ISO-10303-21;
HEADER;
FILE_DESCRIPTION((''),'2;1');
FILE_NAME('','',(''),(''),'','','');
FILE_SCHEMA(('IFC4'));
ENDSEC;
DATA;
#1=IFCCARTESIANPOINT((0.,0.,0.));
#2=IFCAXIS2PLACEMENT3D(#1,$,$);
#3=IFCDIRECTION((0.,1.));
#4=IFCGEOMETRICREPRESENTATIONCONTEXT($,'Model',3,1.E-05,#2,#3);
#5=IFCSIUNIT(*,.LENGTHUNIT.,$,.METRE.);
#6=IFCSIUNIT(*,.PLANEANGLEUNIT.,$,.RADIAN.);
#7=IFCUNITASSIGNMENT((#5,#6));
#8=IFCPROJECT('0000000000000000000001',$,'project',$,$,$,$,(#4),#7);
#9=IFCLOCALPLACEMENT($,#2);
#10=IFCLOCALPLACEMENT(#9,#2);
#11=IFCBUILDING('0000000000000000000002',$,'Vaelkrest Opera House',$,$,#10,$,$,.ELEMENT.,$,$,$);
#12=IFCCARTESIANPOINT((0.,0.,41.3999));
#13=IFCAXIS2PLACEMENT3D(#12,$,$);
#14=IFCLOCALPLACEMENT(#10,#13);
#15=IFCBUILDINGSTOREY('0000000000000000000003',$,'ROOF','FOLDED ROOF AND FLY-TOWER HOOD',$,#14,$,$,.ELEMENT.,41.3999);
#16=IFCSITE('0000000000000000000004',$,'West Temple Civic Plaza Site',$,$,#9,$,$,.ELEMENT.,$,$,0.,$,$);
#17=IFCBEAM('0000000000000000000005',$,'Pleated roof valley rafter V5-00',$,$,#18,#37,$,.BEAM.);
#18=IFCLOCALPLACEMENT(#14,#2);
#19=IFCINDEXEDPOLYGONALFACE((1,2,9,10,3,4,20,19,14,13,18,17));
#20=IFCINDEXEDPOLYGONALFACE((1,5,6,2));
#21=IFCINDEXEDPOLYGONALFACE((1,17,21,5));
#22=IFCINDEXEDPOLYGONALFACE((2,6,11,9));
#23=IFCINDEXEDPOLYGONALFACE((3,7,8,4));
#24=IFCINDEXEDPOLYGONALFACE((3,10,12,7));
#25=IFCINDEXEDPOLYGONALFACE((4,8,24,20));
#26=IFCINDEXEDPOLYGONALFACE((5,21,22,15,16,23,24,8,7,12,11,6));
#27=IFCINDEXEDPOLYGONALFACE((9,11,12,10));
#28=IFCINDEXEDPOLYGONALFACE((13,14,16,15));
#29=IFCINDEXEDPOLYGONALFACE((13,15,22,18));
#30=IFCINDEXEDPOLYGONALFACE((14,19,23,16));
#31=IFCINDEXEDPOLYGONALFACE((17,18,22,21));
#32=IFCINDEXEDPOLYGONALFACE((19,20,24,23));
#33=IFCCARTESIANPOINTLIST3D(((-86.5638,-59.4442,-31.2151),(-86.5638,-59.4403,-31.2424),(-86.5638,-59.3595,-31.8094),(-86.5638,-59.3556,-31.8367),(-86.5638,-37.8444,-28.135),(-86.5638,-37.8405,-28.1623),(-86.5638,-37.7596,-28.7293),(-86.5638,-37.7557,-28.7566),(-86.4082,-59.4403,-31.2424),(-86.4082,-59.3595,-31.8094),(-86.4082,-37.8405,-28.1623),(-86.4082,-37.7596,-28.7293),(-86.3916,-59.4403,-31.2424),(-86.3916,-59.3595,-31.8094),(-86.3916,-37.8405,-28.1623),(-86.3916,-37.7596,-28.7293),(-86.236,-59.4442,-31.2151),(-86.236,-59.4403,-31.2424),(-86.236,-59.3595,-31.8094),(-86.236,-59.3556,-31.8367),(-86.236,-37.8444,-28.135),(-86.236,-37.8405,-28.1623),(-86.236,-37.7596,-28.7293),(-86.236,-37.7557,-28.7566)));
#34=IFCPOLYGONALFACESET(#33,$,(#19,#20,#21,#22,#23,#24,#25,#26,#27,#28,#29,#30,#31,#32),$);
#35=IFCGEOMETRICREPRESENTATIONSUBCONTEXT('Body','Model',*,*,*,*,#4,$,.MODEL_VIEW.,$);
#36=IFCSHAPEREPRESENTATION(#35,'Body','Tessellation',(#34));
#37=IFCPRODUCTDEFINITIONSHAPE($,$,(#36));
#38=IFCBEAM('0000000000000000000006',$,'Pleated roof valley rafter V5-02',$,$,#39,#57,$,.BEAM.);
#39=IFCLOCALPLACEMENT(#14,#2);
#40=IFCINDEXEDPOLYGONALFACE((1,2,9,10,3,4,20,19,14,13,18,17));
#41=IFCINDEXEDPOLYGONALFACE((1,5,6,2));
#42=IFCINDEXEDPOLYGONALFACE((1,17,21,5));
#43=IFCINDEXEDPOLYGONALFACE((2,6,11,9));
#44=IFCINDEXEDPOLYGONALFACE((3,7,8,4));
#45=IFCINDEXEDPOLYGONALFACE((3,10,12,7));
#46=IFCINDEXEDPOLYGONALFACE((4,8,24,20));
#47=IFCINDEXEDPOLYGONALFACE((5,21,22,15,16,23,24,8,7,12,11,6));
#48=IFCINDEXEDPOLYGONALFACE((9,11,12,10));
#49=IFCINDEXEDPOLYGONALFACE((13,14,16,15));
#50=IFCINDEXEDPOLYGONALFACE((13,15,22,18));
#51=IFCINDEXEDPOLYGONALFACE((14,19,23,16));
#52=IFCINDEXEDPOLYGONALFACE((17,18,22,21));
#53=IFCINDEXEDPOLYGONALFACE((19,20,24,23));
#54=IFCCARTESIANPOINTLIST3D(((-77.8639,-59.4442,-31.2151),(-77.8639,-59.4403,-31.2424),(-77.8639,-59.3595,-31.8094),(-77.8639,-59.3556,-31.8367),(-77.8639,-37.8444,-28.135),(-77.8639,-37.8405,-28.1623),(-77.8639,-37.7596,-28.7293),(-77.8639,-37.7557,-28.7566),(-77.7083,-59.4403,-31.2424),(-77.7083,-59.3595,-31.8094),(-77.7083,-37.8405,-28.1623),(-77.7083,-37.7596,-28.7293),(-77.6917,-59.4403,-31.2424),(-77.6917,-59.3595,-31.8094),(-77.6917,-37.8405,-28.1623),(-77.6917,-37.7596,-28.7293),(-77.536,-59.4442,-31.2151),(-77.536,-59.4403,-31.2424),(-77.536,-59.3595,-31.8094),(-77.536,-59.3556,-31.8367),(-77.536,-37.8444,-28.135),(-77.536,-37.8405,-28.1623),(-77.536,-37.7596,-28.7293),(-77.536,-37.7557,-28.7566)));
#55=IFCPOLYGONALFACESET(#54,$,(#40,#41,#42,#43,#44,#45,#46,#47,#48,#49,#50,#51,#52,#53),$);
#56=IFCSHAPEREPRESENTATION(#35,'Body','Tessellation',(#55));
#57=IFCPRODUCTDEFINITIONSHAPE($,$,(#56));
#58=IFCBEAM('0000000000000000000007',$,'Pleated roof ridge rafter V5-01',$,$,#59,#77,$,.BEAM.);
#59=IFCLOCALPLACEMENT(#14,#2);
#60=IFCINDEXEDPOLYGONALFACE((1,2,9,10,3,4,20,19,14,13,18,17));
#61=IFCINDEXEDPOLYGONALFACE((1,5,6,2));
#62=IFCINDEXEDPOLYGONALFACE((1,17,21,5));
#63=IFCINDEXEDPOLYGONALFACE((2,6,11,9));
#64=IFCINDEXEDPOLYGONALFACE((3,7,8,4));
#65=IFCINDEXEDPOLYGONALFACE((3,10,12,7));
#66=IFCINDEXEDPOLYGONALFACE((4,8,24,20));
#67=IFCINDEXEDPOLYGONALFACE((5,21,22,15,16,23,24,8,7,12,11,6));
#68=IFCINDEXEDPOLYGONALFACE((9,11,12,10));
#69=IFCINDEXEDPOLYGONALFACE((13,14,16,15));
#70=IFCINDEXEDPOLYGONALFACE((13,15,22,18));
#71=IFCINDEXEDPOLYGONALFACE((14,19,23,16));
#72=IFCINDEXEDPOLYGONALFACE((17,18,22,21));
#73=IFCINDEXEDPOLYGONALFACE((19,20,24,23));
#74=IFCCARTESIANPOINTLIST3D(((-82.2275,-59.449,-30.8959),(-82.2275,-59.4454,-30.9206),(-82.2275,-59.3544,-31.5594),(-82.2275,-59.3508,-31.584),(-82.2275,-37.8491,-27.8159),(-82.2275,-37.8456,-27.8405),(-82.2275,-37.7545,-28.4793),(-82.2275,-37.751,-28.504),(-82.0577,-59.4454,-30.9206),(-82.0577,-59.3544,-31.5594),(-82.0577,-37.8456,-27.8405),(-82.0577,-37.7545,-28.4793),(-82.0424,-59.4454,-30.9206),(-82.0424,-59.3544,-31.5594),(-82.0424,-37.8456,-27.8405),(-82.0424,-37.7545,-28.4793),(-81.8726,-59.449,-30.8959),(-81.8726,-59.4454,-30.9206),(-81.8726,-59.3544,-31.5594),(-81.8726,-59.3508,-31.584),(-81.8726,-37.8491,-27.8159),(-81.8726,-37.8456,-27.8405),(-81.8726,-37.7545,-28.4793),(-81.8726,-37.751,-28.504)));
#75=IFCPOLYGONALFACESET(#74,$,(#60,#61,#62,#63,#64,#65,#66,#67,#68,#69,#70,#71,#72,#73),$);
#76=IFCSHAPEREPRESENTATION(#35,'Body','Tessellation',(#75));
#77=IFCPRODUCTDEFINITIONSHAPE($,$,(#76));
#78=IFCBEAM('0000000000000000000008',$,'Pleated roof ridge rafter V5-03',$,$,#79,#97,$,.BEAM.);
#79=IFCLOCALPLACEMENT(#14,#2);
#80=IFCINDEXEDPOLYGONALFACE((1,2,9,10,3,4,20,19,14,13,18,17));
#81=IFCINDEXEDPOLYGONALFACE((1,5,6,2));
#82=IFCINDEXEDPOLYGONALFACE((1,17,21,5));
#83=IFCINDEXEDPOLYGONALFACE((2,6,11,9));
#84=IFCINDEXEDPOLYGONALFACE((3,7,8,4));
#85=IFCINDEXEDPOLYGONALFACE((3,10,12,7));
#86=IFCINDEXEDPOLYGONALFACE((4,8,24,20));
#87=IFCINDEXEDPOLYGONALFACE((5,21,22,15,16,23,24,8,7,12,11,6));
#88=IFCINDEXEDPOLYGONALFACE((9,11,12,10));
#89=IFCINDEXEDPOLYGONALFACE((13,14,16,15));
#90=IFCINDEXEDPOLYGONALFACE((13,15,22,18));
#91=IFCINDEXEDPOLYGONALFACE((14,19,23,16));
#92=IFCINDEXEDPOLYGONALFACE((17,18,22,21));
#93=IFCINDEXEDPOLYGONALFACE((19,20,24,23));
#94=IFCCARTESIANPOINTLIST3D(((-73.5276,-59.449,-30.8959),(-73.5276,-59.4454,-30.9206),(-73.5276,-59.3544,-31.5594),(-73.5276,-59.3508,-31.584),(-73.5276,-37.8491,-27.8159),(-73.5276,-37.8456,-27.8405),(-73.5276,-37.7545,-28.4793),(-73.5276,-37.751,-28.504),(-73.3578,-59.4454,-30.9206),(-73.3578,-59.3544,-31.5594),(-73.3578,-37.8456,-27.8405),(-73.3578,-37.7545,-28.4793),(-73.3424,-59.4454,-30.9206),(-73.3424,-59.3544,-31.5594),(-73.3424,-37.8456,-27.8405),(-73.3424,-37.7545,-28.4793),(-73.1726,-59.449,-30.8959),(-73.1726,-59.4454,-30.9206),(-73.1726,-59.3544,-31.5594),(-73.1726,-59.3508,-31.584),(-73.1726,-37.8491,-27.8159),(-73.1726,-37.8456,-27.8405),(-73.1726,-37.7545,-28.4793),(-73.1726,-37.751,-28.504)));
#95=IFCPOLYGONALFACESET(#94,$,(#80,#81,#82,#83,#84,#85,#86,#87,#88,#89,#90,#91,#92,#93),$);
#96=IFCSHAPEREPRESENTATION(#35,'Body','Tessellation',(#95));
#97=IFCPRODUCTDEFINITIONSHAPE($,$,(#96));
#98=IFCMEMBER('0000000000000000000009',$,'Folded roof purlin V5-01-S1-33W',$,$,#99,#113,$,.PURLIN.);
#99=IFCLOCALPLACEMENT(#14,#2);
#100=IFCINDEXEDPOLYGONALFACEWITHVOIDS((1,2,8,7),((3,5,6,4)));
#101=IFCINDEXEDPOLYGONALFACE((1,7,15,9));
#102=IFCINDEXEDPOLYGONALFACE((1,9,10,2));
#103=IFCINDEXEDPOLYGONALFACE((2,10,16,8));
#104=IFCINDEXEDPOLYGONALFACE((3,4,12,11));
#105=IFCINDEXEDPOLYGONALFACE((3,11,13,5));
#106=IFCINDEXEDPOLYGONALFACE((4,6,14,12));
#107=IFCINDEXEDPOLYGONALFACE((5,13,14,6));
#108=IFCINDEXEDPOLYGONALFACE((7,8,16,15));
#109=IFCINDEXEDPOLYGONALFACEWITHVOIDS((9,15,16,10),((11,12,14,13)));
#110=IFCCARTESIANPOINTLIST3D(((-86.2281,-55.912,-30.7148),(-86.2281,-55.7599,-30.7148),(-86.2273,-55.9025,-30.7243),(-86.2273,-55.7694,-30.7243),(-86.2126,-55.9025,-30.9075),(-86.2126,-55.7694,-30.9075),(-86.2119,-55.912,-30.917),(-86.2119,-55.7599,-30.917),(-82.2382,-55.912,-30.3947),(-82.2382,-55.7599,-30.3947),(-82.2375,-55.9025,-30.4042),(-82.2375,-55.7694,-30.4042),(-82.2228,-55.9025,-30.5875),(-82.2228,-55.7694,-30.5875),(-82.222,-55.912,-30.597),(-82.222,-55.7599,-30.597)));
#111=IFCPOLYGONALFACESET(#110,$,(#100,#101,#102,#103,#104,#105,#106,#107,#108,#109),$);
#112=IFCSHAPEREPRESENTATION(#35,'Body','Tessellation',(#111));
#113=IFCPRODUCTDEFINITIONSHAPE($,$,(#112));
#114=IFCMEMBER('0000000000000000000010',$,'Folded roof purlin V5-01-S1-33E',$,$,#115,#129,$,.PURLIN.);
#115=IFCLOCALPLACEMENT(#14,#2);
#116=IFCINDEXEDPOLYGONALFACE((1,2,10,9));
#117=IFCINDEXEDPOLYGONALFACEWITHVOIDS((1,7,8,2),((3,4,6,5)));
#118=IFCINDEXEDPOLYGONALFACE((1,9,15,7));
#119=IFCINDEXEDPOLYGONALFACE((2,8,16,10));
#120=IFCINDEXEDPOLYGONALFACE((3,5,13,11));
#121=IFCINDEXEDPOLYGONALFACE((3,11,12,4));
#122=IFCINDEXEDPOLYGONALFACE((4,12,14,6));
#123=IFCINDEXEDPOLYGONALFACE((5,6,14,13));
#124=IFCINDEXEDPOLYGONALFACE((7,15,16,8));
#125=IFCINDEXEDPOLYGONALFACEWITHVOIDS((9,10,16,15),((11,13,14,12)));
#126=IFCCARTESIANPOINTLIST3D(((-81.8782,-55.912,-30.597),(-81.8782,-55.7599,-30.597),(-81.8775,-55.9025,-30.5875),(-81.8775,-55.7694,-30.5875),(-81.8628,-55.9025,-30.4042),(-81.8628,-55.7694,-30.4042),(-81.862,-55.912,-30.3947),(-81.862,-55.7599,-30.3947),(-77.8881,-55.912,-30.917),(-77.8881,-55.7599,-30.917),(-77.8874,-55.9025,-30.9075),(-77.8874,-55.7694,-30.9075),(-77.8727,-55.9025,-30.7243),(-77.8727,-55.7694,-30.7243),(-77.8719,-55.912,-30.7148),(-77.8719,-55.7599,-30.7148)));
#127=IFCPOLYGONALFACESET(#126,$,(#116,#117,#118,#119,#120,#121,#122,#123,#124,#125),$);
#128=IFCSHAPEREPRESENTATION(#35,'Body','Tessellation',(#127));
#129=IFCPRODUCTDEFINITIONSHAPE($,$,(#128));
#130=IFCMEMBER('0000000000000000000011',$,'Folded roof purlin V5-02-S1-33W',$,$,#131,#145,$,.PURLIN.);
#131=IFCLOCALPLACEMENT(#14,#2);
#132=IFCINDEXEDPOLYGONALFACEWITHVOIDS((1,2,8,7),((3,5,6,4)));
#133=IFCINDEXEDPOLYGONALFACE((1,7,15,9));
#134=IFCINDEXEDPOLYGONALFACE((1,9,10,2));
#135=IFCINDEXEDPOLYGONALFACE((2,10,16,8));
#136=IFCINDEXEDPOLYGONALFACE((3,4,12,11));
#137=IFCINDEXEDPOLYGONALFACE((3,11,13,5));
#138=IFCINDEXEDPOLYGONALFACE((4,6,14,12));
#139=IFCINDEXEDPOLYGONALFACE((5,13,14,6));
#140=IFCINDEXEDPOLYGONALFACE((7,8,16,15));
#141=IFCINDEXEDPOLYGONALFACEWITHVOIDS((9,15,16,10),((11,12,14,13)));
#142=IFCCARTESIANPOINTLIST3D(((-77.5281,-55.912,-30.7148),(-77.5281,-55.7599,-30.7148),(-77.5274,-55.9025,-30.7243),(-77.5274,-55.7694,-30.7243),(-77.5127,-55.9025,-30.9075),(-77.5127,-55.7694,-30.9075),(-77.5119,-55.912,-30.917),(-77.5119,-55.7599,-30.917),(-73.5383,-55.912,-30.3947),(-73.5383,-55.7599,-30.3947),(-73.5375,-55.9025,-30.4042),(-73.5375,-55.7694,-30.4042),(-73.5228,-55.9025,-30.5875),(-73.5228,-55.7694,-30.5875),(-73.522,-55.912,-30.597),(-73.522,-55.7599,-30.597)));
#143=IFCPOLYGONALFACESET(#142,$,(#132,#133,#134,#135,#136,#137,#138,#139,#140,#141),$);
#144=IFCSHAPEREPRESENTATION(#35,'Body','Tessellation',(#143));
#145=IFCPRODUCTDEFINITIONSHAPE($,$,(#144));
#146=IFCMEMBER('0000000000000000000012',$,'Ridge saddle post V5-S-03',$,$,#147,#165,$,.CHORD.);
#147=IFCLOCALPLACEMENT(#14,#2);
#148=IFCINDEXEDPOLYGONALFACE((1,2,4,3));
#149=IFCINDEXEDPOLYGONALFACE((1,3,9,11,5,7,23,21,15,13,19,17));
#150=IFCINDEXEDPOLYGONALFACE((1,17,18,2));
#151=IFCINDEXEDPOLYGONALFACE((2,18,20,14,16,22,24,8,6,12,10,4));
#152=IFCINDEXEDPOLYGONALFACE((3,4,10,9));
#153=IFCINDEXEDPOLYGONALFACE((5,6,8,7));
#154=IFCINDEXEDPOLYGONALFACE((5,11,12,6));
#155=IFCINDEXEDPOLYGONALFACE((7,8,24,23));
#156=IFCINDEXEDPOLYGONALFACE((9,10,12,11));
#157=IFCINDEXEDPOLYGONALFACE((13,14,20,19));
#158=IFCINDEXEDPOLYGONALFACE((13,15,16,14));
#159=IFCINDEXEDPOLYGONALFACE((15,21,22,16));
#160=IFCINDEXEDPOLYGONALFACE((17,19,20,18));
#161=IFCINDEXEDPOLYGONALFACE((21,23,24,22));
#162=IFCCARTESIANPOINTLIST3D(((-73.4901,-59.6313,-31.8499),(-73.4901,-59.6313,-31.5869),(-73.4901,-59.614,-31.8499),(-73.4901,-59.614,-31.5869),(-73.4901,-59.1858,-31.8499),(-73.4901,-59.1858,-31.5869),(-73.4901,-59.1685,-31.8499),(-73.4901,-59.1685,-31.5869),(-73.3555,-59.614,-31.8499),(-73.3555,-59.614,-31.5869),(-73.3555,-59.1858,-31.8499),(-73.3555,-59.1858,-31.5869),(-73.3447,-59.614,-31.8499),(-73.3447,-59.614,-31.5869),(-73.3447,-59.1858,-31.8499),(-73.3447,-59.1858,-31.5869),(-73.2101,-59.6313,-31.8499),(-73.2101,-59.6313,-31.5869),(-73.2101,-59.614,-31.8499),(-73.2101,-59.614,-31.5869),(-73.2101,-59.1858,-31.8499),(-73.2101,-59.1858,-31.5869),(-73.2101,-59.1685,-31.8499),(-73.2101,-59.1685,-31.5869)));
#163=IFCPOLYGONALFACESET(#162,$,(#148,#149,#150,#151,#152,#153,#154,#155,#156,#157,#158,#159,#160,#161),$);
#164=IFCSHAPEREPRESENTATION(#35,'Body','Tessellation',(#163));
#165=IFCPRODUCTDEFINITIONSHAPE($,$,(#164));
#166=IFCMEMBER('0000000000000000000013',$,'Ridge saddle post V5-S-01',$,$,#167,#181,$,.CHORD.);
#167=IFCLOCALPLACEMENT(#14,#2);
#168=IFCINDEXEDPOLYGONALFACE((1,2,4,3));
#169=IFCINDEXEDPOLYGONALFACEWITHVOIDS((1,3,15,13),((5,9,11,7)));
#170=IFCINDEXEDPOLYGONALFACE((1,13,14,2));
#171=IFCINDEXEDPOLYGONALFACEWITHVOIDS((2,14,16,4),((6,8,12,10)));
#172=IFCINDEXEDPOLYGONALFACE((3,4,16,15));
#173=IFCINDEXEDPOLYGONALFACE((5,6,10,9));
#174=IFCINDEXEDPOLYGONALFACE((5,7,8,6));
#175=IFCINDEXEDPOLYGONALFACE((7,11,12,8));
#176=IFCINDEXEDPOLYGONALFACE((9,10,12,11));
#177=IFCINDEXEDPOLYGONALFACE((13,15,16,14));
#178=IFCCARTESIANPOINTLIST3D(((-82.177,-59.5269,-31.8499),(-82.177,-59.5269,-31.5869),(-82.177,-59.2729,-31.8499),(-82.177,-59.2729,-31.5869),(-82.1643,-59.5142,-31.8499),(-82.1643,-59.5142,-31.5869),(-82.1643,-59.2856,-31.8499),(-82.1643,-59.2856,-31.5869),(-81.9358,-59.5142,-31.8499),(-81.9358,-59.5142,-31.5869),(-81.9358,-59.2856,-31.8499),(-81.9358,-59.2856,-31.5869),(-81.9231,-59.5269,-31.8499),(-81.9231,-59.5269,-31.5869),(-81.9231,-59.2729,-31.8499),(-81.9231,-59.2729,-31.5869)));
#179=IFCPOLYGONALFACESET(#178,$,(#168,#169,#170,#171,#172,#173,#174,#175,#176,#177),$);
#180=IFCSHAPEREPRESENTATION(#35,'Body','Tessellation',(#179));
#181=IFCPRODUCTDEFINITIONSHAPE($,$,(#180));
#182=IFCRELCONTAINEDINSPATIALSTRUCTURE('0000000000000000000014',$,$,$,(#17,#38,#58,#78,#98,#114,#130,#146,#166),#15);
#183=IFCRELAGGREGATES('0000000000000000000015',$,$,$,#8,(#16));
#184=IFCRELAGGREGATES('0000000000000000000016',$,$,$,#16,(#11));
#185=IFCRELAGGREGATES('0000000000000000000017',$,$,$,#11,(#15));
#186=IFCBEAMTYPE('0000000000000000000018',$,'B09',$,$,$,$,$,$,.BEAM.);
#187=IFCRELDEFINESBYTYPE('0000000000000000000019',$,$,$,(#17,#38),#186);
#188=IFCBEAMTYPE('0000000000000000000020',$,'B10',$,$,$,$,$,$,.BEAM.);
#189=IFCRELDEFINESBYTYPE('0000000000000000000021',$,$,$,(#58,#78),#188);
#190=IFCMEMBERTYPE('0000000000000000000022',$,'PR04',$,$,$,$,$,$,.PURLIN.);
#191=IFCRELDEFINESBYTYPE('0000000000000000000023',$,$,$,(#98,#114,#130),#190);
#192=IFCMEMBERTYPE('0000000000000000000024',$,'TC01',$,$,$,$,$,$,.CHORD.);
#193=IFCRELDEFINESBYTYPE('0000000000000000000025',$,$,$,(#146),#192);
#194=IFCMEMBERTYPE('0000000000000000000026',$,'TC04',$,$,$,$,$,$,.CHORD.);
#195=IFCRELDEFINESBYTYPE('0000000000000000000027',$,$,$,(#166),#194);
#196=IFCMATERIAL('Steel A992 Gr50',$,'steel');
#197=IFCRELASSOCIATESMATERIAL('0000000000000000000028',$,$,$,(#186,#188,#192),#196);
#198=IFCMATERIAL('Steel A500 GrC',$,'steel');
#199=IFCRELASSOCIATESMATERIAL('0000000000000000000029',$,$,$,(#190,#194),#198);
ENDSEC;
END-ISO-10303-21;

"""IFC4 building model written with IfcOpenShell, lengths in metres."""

from ifc_helpers import new_model, si_unit, direction, frame, origin, origin_2d, place, context, subcontext, project, spatial, hollow_rectangle, i_section, extrude, material, material_profile, profile_set, type_object, element, save


model = new_model("IFC4")

# Units and contexts
model_context = context("Model", 3, precision=1e-05, world=origin(), true_north=direction((0.0, 1.0)))
body_context = subcontext(model_context, "Body", "Model", "MODEL_VIEW")
ifc_project = project(units=[si_unit("LENGTHUNIT", "METRE"), si_unit("PLANEANGLEUNIT", "RADIAN")], contexts=[model_context])

# Site, building, storey
site_placement = place(None, origin())
site = spatial("IfcSite", under=ifc_project, at=site_placement, Name="West Temple Civic Plaza Site", CompositionType="ELEMENT", RefElevation=0.0)
building_placement = place(site_placement, origin())
building = spatial("IfcBuilding", under=site, at=building_placement, Name="Vaelkrest Opera House", CompositionType="ELEMENT")
storey_placement = place(building_placement, frame((0.0, 0.0, 41.3999)))
storey = spatial("IfcBuildingStorey", under=building, at=storey_placement, Name="ROOF", Description="FOLDED ROOF AND FLY-TOWER HOOD", CompositionType="ELEMENT", Elevation=41.3999)

# Beams
ifc_material_1 = material(Name="Steel A992 Gr50", Category="steel")
ifc_material_profile_1 = material_profile(ifc_material_1, i_section(OverallWidth=0.3279, OverallDepth=0.6279, WebThickness=0.0166, FlangeThickness=0.0276, at=origin_2d()), Name="W24X146")
ifc_profile_set_1 = profile_set([ifc_material_profile_1], Name="Steel A992 Gr50")
beam_type_1 = type_object("IfcBeamType", Name="B09", PredefinedType="BEAM", material=ifc_profile_set_1)
for number, where, z_axis, x_axis, name in (
    (1, (-86.3999, -59.3999, -31.5259), (0.0, 0.989985, 0.141169), (-1.0, 0.0, 0.0), "Pleated roof valley rafter V5-00"),
    (2, (-77.7, -59.3999, -31.5259), (0.0, 0.989985, 0.141169), (-1.0, 0.0, 0.0), "Pleated roof valley rafter V5-02"),
):
    element("IfcBeam", number, at=place(storey_placement, frame(where, z_axis=z_axis, x_axis=x_axis)), inside=storey, type_object=beam_type_1, Name=name, PredefinedType="BEAM", context=body_context, shape_type="SweptSolid", body=[
        extrude(i_section(OverallWidth=0.3279, OverallDepth=0.6279, WebThickness=0.0166, FlangeThickness=0.0276, at=origin_2d()), origin(), (0.0, 0.0, 1.0), 21.8184),
    ])
ifc_material_profile_2 = material_profile(ifc_material_1, i_section(OverallWidth=0.355, OverallDepth=0.6951, WebThickness=0.0154, FlangeThickness=0.0249, at=origin_2d()), Name="W27X146")
ifc_profile_set_2 = profile_set([ifc_material_profile_2], Name="Steel A992 Gr50")
beam_type_2 = type_object("IfcBeamType", Name="B10", PredefinedType="BEAM", material=ifc_profile_set_2)
for number, where, z_axis, x_axis, name in (
    (3, (-82.05, -59.3999, -31.24), (0.0, 0.989985, 0.141169), (-1.0, 0.0, 0.0), "Pleated roof ridge rafter V5-01"),
    (4, (-73.3501, -59.3999, -31.24), (0.0, 0.989985, 0.141169), (-1.0, 0.0, 0.0), "Pleated roof ridge rafter V5-03"),
):
    element("IfcBeam", number, at=place(storey_placement, frame(where, z_axis=z_axis, x_axis=x_axis)), inside=storey, type_object=beam_type_2, Name=name, PredefinedType="BEAM", context=body_context, shape_type="SweptSolid", body=[
        extrude(i_section(OverallWidth=0.355, OverallDepth=0.6951, WebThickness=0.0154, FlangeThickness=0.0249, at=origin_2d()), origin(), (0.0, 0.0, 1.0), 21.8184),
    ])

# Members
ifc_material_2 = material(Name="Steel A500 GrC", Category="steel")
ifc_material_profile_3 = material_profile(ifc_material_2, hollow_rectangle(XDim=0.1521, YDim=0.2029, WallThickness=0.0095, at=origin_2d()), Name="HSS203X152X9.5")
ifc_profile_set_3 = profile_set([ifc_material_profile_3], Name="Steel A500 GrC")
member_type_1 = type_object("IfcMemberType", Name="PR04", PredefinedType="PURLIN", material=ifc_profile_set_3)
member_1_placement = place(storey_placement, frame((-86.22, -55.8359, -30.8159), z_axis=(0.996798, 0.0, 0.079961), x_axis=(0.0, 1.0, 0.0)))
element("IfcMember", 5, at=member_1_placement, inside=storey, type_object=member_type_1, Name="Folded roof purlin V5-01-S1-33W", PredefinedType="PURLIN", context=body_context, shape_type="SweptSolid", body=[
    extrude(hollow_rectangle(XDim=0.1521, YDim=0.2029, WallThickness=0.0095, at=origin_2d()), origin(), (0.0, 0.0, 1.0), 4.0027),
])
member_2_placement = place(storey_placement, frame((-81.8701, -55.8359, -30.4958), z_axis=(0.996798, 0.0, -0.079956), x_axis=(0.0, 1.0, 0.0)))
element("IfcMember", 6, at=member_2_placement, inside=storey, type_object=member_type_1, Name="Folded roof purlin V5-01-S1-33E", PredefinedType="PURLIN", context=body_context, shape_type="SweptSolid", body=[
    extrude(hollow_rectangle(XDim=0.1521, YDim=0.2029, WallThickness=0.0095, at=origin_2d()), origin(), (0.0, 0.0, 1.0), 4.0029),
])
member_3_placement = place(storey_placement, frame((-77.52, -55.8359, -30.8159), z_axis=(0.996798, 0.0, 0.079961), x_axis=(0.0, 1.0, 0.0)))
element("IfcMember", 7, at=member_3_placement, inside=storey, type_object=member_type_1, Name="Folded roof purlin V5-02-S1-33W", PredefinedType="PURLIN", context=body_context, shape_type="SweptSolid", body=[
    extrude(hollow_rectangle(XDim=0.1521, YDim=0.2029, WallThickness=0.0095, at=origin_2d()), origin(), (0.0, 0.0, 1.0), 4.0027),
])
ifc_material_profile_4 = material_profile(ifc_material_1, i_section(OverallWidth=0.28, OverallDepth=0.4629, WebThickness=0.0107, FlangeThickness=0.0173, at=origin_2d()), Name="W18X76")
ifc_profile_set_4 = profile_set([ifc_material_profile_4], Name="Steel A992 Gr50")
member_type_2 = type_object("IfcMemberType", Name="TC01", PredefinedType="CHORD", material=ifc_profile_set_4)
member_4_placement = place(storey_placement, frame((-73.3501, -59.3999, -31.8499), z_axis=(0.0, 0.0, 1.0), x_axis=(1.0, 0.0, 0.0)))
element("IfcMember", 8, at=member_4_placement, inside=storey, type_object=member_type_2, Name="Ridge saddle post V5-S-03", PredefinedType="CHORD", context=body_context, shape_type="SweptSolid", body=[
    extrude(i_section(OverallWidth=0.28, OverallDepth=0.4629, WebThickness=0.0107, FlangeThickness=0.0173, at=origin_2d()), origin(), (0.0, 0.0, 1.0), 0.2629),
])
ifc_material_profile_5 = material_profile(ifc_material_2, hollow_rectangle(XDim=0.2539, YDim=0.2539, WallThickness=0.0127, at=origin_2d()), Name="HSS254X254X12.7")
ifc_profile_set_5 = profile_set([ifc_material_profile_5], Name="Steel A500 GrC")
member_type_3 = type_object("IfcMemberType", Name="TC04", PredefinedType="CHORD", material=ifc_profile_set_5)
member_5_placement = place(storey_placement, frame((-82.05, -59.3999, -31.8499), z_axis=(0.0, 0.0, 1.0), x_axis=(1.0, 0.0, 0.0)))
element("IfcMember", 9, at=member_5_placement, inside=storey, type_object=member_type_3, Name="Ridge saddle post V5-S-01", PredefinedType="CHORD", context=body_context, shape_type="SweptSolid", body=[
    extrude(hollow_rectangle(XDim=0.2539, YDim=0.2539, WallThickness=0.0127, at=origin_2d()), origin(), (0.0, 0.0, 1.0), 0.2629),
])

save(model, "model.ifc")
